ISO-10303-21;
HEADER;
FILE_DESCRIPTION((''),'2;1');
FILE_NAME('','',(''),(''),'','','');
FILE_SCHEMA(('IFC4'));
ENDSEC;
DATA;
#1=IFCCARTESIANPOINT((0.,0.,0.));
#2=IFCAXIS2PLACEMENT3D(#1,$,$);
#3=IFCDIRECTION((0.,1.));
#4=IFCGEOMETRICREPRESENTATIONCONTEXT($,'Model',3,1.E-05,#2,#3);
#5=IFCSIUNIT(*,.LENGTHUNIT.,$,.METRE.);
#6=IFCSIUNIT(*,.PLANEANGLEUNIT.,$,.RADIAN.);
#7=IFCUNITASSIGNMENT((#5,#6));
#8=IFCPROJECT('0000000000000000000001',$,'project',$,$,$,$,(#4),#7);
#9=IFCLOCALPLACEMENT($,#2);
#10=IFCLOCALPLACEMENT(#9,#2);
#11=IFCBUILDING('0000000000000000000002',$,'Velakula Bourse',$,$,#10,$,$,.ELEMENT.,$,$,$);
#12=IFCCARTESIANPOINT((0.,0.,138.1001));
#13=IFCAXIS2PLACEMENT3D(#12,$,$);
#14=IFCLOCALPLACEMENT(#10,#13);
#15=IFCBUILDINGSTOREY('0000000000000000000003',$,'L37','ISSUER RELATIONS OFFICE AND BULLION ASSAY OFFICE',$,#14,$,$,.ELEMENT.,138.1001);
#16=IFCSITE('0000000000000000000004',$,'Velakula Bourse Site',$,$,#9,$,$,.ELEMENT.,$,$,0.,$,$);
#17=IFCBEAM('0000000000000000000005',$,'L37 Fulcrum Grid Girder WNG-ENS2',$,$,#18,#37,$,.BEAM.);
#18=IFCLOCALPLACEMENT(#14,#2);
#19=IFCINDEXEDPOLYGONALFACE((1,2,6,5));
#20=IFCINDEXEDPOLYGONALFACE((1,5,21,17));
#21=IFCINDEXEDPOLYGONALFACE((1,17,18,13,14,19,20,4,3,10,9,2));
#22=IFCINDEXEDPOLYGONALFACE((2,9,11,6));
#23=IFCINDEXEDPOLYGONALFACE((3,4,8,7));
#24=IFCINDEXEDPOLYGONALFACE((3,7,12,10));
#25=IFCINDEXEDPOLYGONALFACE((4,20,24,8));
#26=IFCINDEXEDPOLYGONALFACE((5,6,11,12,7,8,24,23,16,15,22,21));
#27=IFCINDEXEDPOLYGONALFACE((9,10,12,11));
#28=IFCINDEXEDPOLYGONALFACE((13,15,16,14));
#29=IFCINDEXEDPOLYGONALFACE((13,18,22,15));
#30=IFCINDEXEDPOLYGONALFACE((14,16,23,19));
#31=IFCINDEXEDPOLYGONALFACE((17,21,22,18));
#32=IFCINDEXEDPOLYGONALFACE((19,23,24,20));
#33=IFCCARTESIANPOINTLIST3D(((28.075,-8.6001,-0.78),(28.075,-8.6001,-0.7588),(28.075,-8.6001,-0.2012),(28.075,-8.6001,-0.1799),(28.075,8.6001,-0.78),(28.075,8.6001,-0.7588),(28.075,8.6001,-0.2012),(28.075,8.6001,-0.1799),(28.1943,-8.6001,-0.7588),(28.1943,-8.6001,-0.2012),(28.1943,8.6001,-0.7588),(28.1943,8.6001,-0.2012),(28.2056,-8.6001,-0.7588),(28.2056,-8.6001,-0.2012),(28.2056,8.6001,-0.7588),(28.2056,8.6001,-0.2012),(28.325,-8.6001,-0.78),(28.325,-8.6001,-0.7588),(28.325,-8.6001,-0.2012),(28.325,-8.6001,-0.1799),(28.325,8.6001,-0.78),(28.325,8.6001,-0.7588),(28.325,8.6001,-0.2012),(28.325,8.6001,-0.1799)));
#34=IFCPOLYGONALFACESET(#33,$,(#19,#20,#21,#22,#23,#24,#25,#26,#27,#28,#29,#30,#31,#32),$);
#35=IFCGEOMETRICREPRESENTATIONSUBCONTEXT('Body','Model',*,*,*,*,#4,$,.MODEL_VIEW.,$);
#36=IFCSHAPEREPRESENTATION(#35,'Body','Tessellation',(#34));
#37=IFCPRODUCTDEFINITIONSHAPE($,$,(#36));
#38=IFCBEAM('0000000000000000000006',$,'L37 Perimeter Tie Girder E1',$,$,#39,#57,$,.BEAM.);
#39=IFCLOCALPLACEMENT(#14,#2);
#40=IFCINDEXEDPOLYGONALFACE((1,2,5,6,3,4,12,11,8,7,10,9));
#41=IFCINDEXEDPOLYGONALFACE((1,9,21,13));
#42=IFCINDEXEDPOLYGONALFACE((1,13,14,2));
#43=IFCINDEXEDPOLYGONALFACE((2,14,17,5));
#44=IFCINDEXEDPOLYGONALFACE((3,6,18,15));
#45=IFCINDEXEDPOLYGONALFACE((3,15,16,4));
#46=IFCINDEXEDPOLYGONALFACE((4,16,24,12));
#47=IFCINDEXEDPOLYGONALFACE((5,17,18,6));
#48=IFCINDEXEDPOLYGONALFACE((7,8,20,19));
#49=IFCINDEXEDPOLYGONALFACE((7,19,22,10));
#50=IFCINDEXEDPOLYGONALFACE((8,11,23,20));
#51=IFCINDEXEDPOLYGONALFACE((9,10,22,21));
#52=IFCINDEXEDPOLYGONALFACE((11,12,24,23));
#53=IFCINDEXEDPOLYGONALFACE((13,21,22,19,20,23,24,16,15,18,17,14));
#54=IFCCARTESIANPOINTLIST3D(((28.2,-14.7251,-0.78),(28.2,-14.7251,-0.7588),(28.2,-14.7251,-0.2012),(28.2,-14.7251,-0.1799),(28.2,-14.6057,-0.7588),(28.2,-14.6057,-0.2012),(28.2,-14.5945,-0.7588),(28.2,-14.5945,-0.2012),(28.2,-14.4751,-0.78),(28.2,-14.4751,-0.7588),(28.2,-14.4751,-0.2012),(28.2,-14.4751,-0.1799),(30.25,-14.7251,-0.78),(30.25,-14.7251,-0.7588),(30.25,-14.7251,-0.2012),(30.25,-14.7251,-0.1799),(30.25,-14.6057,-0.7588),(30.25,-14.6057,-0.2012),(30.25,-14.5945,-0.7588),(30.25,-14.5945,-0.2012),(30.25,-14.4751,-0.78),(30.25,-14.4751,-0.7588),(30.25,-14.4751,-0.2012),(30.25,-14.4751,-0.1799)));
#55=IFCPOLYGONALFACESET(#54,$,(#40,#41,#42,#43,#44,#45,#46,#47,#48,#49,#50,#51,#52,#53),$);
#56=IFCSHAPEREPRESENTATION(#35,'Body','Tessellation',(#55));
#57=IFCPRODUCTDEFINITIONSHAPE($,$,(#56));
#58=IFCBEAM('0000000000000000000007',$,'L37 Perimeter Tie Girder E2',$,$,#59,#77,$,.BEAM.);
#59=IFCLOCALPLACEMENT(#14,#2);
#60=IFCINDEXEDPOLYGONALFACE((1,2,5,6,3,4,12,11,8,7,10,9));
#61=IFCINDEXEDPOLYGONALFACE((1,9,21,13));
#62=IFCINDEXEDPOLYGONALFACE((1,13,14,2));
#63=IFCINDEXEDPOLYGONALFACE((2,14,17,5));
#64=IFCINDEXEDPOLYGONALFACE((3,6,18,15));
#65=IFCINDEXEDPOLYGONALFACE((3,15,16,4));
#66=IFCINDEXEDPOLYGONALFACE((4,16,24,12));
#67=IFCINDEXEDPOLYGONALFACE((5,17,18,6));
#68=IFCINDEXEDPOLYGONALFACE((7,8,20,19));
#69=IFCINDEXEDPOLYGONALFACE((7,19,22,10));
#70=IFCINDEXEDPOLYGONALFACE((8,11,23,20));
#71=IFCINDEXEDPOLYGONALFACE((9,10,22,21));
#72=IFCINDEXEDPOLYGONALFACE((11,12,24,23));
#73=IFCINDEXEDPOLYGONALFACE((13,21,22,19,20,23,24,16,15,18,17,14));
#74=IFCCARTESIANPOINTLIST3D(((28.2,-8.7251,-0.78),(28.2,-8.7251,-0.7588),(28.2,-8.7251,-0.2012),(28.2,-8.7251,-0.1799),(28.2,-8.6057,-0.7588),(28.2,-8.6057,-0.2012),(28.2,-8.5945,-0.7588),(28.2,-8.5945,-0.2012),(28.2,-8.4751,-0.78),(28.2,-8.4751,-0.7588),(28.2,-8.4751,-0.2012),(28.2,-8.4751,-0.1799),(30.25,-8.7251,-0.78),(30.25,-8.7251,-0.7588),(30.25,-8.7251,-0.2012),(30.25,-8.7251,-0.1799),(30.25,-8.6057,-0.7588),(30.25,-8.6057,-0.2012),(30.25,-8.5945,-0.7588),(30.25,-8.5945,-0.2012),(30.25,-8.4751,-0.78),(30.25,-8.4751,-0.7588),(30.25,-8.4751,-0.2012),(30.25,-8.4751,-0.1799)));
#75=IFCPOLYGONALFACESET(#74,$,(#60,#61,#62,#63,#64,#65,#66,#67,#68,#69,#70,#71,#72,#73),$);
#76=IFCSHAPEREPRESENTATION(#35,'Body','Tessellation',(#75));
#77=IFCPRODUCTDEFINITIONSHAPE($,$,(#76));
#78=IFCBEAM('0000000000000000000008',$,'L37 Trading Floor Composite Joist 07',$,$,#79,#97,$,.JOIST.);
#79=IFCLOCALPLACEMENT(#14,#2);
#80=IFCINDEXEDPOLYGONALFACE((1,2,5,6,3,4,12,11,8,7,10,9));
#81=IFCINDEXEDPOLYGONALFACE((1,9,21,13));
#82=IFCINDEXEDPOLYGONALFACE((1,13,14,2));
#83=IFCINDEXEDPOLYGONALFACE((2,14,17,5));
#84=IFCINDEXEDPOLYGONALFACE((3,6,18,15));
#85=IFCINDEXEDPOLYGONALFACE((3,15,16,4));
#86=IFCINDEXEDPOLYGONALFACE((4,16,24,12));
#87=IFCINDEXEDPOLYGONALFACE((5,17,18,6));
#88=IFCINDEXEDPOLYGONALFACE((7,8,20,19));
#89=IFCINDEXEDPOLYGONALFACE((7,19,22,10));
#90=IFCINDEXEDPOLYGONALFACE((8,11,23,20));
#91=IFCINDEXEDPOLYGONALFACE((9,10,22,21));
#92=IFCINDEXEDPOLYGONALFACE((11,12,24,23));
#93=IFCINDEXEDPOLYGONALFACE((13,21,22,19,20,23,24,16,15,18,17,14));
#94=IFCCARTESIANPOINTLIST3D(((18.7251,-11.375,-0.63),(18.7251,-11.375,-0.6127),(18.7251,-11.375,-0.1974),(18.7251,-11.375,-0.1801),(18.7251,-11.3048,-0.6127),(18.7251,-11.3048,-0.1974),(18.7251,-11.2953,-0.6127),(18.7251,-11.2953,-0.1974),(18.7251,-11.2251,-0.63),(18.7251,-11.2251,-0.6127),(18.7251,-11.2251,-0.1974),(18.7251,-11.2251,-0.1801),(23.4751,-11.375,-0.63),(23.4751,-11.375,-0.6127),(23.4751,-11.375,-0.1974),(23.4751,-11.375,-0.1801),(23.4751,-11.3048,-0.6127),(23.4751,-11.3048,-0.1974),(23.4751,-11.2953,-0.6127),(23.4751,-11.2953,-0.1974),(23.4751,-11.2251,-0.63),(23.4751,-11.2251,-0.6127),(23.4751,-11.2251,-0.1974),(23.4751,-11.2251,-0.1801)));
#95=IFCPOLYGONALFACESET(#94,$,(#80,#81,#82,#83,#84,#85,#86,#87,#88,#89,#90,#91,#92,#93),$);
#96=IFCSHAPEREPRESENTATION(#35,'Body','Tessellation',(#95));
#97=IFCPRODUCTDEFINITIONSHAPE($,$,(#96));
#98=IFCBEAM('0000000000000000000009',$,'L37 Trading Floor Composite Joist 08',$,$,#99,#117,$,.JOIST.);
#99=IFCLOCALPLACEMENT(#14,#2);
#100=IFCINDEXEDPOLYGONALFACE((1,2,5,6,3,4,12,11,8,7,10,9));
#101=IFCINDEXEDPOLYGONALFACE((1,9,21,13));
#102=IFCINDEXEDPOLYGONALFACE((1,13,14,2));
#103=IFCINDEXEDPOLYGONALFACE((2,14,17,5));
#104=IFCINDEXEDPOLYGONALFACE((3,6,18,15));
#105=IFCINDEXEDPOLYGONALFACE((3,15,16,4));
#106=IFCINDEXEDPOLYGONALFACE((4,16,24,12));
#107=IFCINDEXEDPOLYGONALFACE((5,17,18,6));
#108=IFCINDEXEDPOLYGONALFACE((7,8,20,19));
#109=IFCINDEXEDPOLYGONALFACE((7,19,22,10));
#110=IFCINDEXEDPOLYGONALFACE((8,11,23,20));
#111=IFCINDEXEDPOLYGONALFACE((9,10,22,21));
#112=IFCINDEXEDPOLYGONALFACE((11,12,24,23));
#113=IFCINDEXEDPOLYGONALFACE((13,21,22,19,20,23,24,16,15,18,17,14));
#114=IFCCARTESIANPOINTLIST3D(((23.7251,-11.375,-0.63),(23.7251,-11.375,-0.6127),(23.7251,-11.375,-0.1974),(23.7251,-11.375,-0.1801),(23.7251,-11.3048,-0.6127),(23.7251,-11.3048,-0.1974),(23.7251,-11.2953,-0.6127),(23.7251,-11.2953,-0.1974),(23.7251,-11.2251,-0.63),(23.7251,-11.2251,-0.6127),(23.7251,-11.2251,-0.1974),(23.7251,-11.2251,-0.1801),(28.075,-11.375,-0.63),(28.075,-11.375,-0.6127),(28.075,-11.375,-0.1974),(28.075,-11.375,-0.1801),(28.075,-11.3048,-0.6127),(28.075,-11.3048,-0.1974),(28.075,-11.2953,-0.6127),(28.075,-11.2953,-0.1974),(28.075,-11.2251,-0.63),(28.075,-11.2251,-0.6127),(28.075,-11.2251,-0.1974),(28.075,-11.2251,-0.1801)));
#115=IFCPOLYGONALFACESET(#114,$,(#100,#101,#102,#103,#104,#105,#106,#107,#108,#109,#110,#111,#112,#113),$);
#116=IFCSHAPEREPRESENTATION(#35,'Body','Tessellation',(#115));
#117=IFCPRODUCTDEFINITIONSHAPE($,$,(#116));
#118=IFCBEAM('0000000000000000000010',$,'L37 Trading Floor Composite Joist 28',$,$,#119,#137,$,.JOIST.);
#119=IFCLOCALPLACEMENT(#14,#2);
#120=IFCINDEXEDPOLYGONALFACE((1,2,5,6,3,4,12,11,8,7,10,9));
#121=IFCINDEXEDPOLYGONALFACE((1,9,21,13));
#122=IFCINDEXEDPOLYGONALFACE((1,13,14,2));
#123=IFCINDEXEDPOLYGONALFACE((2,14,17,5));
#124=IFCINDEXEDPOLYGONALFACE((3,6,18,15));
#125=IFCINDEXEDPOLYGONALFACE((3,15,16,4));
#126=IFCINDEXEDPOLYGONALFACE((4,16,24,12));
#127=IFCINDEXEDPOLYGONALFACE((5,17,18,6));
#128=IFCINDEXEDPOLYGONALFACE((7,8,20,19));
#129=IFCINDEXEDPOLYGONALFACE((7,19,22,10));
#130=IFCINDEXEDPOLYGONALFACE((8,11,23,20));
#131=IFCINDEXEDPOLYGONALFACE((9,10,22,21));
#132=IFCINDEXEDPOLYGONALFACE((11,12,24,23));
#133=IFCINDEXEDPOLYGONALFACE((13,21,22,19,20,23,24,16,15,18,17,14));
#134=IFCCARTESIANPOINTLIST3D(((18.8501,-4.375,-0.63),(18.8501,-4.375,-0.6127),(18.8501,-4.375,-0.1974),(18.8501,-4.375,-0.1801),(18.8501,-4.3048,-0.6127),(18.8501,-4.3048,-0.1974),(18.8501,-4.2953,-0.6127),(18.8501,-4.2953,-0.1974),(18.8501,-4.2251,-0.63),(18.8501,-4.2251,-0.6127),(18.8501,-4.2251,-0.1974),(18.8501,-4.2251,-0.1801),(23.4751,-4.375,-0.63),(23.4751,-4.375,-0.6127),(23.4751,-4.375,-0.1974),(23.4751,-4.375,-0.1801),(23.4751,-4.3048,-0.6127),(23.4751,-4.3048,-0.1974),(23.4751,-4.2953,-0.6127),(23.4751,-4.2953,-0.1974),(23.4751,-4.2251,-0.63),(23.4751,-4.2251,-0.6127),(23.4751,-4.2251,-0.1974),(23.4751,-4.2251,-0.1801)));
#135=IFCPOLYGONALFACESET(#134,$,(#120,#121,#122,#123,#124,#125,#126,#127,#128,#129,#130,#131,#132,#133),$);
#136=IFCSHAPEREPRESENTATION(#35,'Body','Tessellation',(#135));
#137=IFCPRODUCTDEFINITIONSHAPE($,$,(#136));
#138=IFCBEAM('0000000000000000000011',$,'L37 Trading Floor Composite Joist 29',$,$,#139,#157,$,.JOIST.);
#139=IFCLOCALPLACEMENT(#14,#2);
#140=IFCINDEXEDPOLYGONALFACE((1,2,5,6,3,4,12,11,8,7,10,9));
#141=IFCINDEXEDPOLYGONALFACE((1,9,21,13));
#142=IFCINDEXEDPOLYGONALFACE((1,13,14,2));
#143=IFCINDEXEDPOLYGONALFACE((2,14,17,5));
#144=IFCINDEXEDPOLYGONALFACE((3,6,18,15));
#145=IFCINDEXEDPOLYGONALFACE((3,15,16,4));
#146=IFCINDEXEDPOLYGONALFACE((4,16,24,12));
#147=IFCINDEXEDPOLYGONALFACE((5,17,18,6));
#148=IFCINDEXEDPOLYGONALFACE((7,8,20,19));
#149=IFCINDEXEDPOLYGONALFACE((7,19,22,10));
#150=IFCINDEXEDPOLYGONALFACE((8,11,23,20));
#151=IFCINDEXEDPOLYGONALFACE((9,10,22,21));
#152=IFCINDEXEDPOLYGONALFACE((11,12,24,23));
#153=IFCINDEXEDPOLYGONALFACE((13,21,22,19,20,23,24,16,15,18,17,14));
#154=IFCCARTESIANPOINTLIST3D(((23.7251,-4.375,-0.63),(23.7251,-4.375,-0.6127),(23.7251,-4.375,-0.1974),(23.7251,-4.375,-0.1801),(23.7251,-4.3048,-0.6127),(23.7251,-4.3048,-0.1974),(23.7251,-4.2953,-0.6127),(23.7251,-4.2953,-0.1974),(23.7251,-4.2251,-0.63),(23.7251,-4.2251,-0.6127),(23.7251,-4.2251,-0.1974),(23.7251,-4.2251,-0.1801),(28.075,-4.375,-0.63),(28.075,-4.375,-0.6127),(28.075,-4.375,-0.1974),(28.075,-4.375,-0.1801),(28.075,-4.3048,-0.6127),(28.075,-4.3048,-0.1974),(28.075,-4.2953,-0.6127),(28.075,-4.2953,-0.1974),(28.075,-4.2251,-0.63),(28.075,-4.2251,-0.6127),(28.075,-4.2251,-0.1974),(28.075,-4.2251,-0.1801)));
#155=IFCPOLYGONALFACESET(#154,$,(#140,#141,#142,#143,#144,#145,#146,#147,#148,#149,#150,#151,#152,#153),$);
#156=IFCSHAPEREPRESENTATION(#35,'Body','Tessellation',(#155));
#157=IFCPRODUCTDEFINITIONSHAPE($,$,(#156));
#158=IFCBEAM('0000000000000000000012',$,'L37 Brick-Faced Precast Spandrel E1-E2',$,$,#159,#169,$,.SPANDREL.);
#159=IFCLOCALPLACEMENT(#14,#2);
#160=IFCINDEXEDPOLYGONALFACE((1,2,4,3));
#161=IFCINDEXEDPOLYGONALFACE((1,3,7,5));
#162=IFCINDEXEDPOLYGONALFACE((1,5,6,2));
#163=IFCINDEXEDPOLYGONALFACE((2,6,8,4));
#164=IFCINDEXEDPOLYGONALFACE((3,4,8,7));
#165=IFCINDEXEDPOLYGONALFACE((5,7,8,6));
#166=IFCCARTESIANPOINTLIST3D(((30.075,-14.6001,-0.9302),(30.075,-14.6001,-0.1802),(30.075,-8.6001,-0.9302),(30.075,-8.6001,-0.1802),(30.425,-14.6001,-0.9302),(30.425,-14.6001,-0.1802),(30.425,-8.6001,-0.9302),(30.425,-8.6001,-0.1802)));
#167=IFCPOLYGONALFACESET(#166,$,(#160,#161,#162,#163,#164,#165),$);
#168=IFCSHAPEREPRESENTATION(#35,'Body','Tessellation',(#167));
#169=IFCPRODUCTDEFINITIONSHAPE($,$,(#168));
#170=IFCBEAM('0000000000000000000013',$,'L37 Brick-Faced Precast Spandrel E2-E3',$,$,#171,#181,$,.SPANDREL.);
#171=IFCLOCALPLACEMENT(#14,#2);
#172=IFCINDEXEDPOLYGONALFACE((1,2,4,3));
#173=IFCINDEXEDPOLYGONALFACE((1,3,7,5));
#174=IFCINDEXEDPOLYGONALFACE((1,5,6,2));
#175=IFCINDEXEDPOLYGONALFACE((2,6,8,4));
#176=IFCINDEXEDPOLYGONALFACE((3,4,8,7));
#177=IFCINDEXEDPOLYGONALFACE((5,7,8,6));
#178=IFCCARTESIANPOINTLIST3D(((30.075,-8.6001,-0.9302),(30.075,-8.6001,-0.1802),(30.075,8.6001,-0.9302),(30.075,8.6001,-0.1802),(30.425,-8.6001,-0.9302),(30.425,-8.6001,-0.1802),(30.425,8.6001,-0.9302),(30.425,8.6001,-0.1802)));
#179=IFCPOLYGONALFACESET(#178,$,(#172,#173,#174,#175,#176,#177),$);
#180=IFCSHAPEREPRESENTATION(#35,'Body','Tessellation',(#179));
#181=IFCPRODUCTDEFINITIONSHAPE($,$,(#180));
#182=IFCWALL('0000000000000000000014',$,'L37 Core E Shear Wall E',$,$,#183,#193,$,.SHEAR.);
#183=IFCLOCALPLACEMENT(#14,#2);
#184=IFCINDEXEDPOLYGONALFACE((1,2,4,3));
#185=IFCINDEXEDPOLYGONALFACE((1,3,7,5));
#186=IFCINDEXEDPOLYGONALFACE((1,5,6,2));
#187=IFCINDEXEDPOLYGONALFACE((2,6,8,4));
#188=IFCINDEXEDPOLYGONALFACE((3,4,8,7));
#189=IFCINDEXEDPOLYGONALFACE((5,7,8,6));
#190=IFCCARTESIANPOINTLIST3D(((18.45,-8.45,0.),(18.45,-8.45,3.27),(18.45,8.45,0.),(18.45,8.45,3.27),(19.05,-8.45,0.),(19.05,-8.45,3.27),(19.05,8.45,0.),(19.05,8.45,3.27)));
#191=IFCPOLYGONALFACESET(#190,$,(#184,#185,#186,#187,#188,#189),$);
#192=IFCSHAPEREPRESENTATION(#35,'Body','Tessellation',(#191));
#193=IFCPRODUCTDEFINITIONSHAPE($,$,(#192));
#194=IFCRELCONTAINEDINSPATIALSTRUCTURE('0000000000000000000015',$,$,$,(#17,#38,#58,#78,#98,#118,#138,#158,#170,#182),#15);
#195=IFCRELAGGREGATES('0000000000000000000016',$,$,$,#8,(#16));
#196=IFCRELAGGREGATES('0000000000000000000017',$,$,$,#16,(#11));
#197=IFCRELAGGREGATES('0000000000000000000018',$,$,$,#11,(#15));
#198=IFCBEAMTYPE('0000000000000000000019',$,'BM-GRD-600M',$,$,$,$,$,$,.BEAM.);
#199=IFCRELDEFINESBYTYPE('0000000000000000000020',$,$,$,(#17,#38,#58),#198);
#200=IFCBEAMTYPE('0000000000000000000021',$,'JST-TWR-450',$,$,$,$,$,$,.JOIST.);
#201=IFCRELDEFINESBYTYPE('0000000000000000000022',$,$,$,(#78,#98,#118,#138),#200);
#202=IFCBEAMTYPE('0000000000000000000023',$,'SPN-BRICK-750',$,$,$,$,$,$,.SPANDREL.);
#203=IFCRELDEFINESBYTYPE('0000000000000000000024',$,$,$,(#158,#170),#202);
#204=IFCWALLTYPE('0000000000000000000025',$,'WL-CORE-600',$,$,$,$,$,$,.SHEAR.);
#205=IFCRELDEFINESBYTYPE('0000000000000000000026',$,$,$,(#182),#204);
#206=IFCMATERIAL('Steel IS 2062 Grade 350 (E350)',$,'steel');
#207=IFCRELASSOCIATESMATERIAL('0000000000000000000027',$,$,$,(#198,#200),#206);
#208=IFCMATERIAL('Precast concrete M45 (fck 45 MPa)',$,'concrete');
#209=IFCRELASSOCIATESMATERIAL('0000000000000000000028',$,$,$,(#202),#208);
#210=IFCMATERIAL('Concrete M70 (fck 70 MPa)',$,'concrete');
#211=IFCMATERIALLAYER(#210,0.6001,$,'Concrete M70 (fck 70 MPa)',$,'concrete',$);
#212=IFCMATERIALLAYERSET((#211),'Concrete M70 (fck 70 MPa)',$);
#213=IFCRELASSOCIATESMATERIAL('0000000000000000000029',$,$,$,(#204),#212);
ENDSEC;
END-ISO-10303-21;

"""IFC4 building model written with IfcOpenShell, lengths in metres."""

from ifc_helpers import new_model, si_unit, direction, frame, frame_2d, origin, origin_2d, place, context, subcontext, project, spatial, rectangle, i_section, extrude, material, layer, layer_set, material_profile, profile_set, type_object, element, save


model = new_model("IFC4")

# Units and contexts
model_context = context("Model", 3, precision=1e-05, world=origin(), true_north=direction((0.0, 1.0)))
body_context = subcontext(model_context, "Body", "Model", "MODEL_VIEW")
ifc_project = project(units=[si_unit("LENGTHUNIT", "METRE"), si_unit("PLANEANGLEUNIT", "RADIAN")], contexts=[model_context])

# Site, building, storey
site_placement = place(None, origin())
site = spatial("IfcSite", under=ifc_project, at=site_placement, Name="Velakula Bourse Site", CompositionType="ELEMENT", RefElevation=0.0)
building_placement = place(site_placement, origin())
building = spatial("IfcBuilding", under=site, at=building_placement, Name="Velakula Bourse", CompositionType="ELEMENT")
storey_placement = place(building_placement, frame((0.0, 0.0, 138.1001)))
storey = spatial("IfcBuildingStorey", under=building, at=storey_placement, Name="L37", Description="ISSUER RELATIONS OFFICE AND BULLION ASSAY OFFICE", CompositionType="ELEMENT", Elevation=138.1001)

# Shared definitions
ifc_material_1 = material(Name="Concrete M70 (fck 70 MPa)", Category="concrete")
ifc_material_2 = material(Name="Steel IS 2062 Grade 350 (E350)", Category="steel")

# Beams
ifc_material_profile_1 = material_profile(ifc_material_2, i_section(OverallWidth=0.25, OverallDepth=0.6001, WebThickness=0.0112, FlangeThickness=0.0212, at=origin_2d()), Name="Steel IS 2062 Grade 350 (E350)")
ifc_profile_set_1 = profile_set([ifc_material_profile_1], Name="Steel IS 2062 Grade 350 (E350)")
beam_type_1 = type_object("IfcBeamType", Name="BM-GRD-600M", PredefinedType="BEAM", material=ifc_profile_set_1)
beam_1_placement = place(storey_placement, frame((28.2, -8.6001, -0.48), z_axis=(0.0, 1.0, 0.0), x_axis=(-1.0, 0.0, 0.0)))
element("IfcBeam", 1, at=beam_1_placement, inside=storey, type_object=beam_type_1, Name="L37 Fulcrum Grid Girder WNG-ENS2", PredefinedType="BEAM", context=body_context, shape_type="SweptSolid", body=[
    extrude(i_section(OverallWidth=0.25, OverallDepth=0.6001, WebThickness=0.0112, FlangeThickness=0.0212, at=origin_2d()), origin(), (0.0, 0.0, 1.0), 17.2002),
])
for number, where, z_axis, x_axis, name in (
    (2, (28.2, -14.6001, -0.48), (1.0, 0.0, 0.0), (0.0, 1.0, 0.0), "L37 Perimeter Tie Girder E1"),
    (3, (28.2, -8.6001, -0.48), (1.0, 0.0, 0.0), (0.0, 1.0, 0.0), "L37 Perimeter Tie Girder E2"),
):
    element("IfcBeam", number, at=place(storey_placement, frame(where, z_axis=z_axis, x_axis=x_axis)), inside=storey, type_object=beam_type_1, Name=name, PredefinedType="BEAM", context=body_context, shape_type="SweptSolid", body=[
        extrude(i_section(OverallWidth=0.25, OverallDepth=0.6001, WebThickness=0.0112, FlangeThickness=0.0212, at=origin_2d()), origin(), (0.0, 0.0, 1.0), 2.05),
    ])
ifc_material_profile_2 = material_profile(ifc_material_2, i_section(OverallWidth=0.1499, OverallDepth=0.45, WebThickness=0.0095, FlangeThickness=0.0173, at=origin_2d()), Name="Steel IS 2062 Grade 350 (E350)")
ifc_profile_set_2 = profile_set([ifc_material_profile_2], Name="Steel IS 2062 Grade 350 (E350)")
beam_type_2 = type_object("IfcBeamType", Name="JST-TWR-450", PredefinedType="JOIST", material=ifc_profile_set_2)
beam_2_placement = place(storey_placement, frame((18.7251, -11.3, -0.405), z_axis=(1.0, 0.0, 0.0), x_axis=(0.0, 1.0, 0.0)))
element("IfcBeam", 4, at=beam_2_placement, inside=storey, type_object=beam_type_2, Name="L37 Trading Floor Composite Joist 07", PredefinedType="JOIST", context=body_context, shape_type="SweptSolid", body=[
    extrude(i_section(OverallWidth=0.1499, OverallDepth=0.45, WebThickness=0.0095, FlangeThickness=0.0173, at=origin_2d()), origin(), (0.0, 0.0, 1.0), 4.75),
])
beam_3_placement = place(storey_placement, frame((23.7251, -11.3, -0.405), z_axis=(1.0, 0.0, 0.0), x_axis=(0.0, 1.0, 0.0)))
element("IfcBeam", 5, at=beam_3_placement, inside=storey, type_object=beam_type_2, Name="L37 Trading Floor Composite Joist 08", PredefinedType="JOIST", context=body_context, shape_type="SweptSolid", body=[
    extrude(i_section(OverallWidth=0.1499, OverallDepth=0.45, WebThickness=0.0095, FlangeThickness=0.0173, at=origin_2d()), origin(), (0.0, 0.0, 1.0), 4.3499),
])
beam_4_placement = place(storey_placement, frame((18.8501, -4.3, -0.405), z_axis=(1.0, 0.0, 0.0), x_axis=(0.0, 1.0, 0.0)))
element("IfcBeam", 6, at=beam_4_placement, inside=storey, type_object=beam_type_2, Name="L37 Trading Floor Composite Joist 28", PredefinedType="JOIST", context=body_context, shape_type="SweptSolid", body=[
    extrude(i_section(OverallWidth=0.1499, OverallDepth=0.45, WebThickness=0.0095, FlangeThickness=0.0173, at=origin_2d()), origin(), (0.0, 0.0, 1.0), 4.625),
])
beam_5_placement = place(storey_placement, frame((23.7251, -4.3, -0.405), z_axis=(1.0, 0.0, 0.0), x_axis=(0.0, 1.0, 0.0)))
element("IfcBeam", 7, at=beam_5_placement, inside=storey, type_object=beam_type_2, Name="L37 Trading Floor Composite Joist 29", PredefinedType="JOIST", context=body_context, shape_type="SweptSolid", body=[
    extrude(i_section(OverallWidth=0.1499, OverallDepth=0.45, WebThickness=0.0095, FlangeThickness=0.0173, at=origin_2d()), origin(), (0.0, 0.0, 1.0), 4.3499),
])
ifc_material_3 = material(Name="Precast concrete M45 (fck 45 MPa)", Category="concrete")
ifc_material_profile_3 = material_profile(ifc_material_3, rectangle(XDim=0.3501, YDim=0.75, at=origin_2d()), Name="Precast concrete M45 (fck 45 MPa)")
ifc_profile_set_3 = profile_set([ifc_material_profile_3], Name="Precast concrete M45 (fck 45 MPa)")
beam_type_3 = type_object("IfcBeamType", Name="SPN-BRICK-750", PredefinedType="SPANDREL", material=ifc_profile_set_3)
beam_6_placement = place(storey_placement, frame((30.25, -14.6001, -0.5552), z_axis=(0.0, 1.0, 0.0), x_axis=(-1.0, 0.0, 0.0)))
element("IfcBeam", 8, at=beam_6_placement, inside=storey, type_object=beam_type_3, Name="L37 Brick-Faced Precast Spandrel E1-E2", PredefinedType="SPANDREL", context=body_context, shape_type="SweptSolid", body=[
    extrude(rectangle(XDim=0.3501, YDim=0.75, at=origin_2d()), origin(), (0.0, 0.0, 1.0), 6.0),
])
beam_7_placement = place(storey_placement, frame((30.25, -8.6001, -0.5552), z_axis=(0.0, 1.0, 0.0), x_axis=(-1.0, 0.0, 0.0)))
element("IfcBeam", 9, at=beam_7_placement, inside=storey, type_object=beam_type_3, Name="L37 Brick-Faced Precast Spandrel E2-E3", PredefinedType="SPANDREL", context=body_context, shape_type="SweptSolid", body=[
    extrude(rectangle(XDim=0.3501, YDim=0.75, at=origin_2d()), origin(), (0.0, 0.0, 1.0), 17.2002),
])

# Wall
ifc_layer_1 = layer(ifc_material_1, 0.6001, Name="Concrete M70 (fck 70 MPa)", Category="concrete")
ifc_layer_set_1 = layer_set([ifc_layer_1], Name="Concrete M70 (fck 70 MPa)")
wall_type_1 = type_object("IfcWallType", Name="WL-CORE-600", PredefinedType="SHEAR", material=ifc_layer_set_1)
wall_1_placement = place(storey_placement, frame((18.75, -8.45, 0.0), z_axis=(0.0, 0.0, 1.0), x_axis=(0.0, 1.0, 0.0)))
element("IfcWall", 10, at=wall_1_placement, inside=storey, type_object=wall_type_1, Name="L37 Core E Shear Wall E", PredefinedType="SHEAR", context=body_context, shape_type="SweptSolid", body=[
    extrude(rectangle(XDim=16.8999, YDim=0.6001, at=frame_2d((8.45, 0.0))), origin(), (0.0, 0.0, 1.0), 3.27),
])

save(model, "model.ifc")
